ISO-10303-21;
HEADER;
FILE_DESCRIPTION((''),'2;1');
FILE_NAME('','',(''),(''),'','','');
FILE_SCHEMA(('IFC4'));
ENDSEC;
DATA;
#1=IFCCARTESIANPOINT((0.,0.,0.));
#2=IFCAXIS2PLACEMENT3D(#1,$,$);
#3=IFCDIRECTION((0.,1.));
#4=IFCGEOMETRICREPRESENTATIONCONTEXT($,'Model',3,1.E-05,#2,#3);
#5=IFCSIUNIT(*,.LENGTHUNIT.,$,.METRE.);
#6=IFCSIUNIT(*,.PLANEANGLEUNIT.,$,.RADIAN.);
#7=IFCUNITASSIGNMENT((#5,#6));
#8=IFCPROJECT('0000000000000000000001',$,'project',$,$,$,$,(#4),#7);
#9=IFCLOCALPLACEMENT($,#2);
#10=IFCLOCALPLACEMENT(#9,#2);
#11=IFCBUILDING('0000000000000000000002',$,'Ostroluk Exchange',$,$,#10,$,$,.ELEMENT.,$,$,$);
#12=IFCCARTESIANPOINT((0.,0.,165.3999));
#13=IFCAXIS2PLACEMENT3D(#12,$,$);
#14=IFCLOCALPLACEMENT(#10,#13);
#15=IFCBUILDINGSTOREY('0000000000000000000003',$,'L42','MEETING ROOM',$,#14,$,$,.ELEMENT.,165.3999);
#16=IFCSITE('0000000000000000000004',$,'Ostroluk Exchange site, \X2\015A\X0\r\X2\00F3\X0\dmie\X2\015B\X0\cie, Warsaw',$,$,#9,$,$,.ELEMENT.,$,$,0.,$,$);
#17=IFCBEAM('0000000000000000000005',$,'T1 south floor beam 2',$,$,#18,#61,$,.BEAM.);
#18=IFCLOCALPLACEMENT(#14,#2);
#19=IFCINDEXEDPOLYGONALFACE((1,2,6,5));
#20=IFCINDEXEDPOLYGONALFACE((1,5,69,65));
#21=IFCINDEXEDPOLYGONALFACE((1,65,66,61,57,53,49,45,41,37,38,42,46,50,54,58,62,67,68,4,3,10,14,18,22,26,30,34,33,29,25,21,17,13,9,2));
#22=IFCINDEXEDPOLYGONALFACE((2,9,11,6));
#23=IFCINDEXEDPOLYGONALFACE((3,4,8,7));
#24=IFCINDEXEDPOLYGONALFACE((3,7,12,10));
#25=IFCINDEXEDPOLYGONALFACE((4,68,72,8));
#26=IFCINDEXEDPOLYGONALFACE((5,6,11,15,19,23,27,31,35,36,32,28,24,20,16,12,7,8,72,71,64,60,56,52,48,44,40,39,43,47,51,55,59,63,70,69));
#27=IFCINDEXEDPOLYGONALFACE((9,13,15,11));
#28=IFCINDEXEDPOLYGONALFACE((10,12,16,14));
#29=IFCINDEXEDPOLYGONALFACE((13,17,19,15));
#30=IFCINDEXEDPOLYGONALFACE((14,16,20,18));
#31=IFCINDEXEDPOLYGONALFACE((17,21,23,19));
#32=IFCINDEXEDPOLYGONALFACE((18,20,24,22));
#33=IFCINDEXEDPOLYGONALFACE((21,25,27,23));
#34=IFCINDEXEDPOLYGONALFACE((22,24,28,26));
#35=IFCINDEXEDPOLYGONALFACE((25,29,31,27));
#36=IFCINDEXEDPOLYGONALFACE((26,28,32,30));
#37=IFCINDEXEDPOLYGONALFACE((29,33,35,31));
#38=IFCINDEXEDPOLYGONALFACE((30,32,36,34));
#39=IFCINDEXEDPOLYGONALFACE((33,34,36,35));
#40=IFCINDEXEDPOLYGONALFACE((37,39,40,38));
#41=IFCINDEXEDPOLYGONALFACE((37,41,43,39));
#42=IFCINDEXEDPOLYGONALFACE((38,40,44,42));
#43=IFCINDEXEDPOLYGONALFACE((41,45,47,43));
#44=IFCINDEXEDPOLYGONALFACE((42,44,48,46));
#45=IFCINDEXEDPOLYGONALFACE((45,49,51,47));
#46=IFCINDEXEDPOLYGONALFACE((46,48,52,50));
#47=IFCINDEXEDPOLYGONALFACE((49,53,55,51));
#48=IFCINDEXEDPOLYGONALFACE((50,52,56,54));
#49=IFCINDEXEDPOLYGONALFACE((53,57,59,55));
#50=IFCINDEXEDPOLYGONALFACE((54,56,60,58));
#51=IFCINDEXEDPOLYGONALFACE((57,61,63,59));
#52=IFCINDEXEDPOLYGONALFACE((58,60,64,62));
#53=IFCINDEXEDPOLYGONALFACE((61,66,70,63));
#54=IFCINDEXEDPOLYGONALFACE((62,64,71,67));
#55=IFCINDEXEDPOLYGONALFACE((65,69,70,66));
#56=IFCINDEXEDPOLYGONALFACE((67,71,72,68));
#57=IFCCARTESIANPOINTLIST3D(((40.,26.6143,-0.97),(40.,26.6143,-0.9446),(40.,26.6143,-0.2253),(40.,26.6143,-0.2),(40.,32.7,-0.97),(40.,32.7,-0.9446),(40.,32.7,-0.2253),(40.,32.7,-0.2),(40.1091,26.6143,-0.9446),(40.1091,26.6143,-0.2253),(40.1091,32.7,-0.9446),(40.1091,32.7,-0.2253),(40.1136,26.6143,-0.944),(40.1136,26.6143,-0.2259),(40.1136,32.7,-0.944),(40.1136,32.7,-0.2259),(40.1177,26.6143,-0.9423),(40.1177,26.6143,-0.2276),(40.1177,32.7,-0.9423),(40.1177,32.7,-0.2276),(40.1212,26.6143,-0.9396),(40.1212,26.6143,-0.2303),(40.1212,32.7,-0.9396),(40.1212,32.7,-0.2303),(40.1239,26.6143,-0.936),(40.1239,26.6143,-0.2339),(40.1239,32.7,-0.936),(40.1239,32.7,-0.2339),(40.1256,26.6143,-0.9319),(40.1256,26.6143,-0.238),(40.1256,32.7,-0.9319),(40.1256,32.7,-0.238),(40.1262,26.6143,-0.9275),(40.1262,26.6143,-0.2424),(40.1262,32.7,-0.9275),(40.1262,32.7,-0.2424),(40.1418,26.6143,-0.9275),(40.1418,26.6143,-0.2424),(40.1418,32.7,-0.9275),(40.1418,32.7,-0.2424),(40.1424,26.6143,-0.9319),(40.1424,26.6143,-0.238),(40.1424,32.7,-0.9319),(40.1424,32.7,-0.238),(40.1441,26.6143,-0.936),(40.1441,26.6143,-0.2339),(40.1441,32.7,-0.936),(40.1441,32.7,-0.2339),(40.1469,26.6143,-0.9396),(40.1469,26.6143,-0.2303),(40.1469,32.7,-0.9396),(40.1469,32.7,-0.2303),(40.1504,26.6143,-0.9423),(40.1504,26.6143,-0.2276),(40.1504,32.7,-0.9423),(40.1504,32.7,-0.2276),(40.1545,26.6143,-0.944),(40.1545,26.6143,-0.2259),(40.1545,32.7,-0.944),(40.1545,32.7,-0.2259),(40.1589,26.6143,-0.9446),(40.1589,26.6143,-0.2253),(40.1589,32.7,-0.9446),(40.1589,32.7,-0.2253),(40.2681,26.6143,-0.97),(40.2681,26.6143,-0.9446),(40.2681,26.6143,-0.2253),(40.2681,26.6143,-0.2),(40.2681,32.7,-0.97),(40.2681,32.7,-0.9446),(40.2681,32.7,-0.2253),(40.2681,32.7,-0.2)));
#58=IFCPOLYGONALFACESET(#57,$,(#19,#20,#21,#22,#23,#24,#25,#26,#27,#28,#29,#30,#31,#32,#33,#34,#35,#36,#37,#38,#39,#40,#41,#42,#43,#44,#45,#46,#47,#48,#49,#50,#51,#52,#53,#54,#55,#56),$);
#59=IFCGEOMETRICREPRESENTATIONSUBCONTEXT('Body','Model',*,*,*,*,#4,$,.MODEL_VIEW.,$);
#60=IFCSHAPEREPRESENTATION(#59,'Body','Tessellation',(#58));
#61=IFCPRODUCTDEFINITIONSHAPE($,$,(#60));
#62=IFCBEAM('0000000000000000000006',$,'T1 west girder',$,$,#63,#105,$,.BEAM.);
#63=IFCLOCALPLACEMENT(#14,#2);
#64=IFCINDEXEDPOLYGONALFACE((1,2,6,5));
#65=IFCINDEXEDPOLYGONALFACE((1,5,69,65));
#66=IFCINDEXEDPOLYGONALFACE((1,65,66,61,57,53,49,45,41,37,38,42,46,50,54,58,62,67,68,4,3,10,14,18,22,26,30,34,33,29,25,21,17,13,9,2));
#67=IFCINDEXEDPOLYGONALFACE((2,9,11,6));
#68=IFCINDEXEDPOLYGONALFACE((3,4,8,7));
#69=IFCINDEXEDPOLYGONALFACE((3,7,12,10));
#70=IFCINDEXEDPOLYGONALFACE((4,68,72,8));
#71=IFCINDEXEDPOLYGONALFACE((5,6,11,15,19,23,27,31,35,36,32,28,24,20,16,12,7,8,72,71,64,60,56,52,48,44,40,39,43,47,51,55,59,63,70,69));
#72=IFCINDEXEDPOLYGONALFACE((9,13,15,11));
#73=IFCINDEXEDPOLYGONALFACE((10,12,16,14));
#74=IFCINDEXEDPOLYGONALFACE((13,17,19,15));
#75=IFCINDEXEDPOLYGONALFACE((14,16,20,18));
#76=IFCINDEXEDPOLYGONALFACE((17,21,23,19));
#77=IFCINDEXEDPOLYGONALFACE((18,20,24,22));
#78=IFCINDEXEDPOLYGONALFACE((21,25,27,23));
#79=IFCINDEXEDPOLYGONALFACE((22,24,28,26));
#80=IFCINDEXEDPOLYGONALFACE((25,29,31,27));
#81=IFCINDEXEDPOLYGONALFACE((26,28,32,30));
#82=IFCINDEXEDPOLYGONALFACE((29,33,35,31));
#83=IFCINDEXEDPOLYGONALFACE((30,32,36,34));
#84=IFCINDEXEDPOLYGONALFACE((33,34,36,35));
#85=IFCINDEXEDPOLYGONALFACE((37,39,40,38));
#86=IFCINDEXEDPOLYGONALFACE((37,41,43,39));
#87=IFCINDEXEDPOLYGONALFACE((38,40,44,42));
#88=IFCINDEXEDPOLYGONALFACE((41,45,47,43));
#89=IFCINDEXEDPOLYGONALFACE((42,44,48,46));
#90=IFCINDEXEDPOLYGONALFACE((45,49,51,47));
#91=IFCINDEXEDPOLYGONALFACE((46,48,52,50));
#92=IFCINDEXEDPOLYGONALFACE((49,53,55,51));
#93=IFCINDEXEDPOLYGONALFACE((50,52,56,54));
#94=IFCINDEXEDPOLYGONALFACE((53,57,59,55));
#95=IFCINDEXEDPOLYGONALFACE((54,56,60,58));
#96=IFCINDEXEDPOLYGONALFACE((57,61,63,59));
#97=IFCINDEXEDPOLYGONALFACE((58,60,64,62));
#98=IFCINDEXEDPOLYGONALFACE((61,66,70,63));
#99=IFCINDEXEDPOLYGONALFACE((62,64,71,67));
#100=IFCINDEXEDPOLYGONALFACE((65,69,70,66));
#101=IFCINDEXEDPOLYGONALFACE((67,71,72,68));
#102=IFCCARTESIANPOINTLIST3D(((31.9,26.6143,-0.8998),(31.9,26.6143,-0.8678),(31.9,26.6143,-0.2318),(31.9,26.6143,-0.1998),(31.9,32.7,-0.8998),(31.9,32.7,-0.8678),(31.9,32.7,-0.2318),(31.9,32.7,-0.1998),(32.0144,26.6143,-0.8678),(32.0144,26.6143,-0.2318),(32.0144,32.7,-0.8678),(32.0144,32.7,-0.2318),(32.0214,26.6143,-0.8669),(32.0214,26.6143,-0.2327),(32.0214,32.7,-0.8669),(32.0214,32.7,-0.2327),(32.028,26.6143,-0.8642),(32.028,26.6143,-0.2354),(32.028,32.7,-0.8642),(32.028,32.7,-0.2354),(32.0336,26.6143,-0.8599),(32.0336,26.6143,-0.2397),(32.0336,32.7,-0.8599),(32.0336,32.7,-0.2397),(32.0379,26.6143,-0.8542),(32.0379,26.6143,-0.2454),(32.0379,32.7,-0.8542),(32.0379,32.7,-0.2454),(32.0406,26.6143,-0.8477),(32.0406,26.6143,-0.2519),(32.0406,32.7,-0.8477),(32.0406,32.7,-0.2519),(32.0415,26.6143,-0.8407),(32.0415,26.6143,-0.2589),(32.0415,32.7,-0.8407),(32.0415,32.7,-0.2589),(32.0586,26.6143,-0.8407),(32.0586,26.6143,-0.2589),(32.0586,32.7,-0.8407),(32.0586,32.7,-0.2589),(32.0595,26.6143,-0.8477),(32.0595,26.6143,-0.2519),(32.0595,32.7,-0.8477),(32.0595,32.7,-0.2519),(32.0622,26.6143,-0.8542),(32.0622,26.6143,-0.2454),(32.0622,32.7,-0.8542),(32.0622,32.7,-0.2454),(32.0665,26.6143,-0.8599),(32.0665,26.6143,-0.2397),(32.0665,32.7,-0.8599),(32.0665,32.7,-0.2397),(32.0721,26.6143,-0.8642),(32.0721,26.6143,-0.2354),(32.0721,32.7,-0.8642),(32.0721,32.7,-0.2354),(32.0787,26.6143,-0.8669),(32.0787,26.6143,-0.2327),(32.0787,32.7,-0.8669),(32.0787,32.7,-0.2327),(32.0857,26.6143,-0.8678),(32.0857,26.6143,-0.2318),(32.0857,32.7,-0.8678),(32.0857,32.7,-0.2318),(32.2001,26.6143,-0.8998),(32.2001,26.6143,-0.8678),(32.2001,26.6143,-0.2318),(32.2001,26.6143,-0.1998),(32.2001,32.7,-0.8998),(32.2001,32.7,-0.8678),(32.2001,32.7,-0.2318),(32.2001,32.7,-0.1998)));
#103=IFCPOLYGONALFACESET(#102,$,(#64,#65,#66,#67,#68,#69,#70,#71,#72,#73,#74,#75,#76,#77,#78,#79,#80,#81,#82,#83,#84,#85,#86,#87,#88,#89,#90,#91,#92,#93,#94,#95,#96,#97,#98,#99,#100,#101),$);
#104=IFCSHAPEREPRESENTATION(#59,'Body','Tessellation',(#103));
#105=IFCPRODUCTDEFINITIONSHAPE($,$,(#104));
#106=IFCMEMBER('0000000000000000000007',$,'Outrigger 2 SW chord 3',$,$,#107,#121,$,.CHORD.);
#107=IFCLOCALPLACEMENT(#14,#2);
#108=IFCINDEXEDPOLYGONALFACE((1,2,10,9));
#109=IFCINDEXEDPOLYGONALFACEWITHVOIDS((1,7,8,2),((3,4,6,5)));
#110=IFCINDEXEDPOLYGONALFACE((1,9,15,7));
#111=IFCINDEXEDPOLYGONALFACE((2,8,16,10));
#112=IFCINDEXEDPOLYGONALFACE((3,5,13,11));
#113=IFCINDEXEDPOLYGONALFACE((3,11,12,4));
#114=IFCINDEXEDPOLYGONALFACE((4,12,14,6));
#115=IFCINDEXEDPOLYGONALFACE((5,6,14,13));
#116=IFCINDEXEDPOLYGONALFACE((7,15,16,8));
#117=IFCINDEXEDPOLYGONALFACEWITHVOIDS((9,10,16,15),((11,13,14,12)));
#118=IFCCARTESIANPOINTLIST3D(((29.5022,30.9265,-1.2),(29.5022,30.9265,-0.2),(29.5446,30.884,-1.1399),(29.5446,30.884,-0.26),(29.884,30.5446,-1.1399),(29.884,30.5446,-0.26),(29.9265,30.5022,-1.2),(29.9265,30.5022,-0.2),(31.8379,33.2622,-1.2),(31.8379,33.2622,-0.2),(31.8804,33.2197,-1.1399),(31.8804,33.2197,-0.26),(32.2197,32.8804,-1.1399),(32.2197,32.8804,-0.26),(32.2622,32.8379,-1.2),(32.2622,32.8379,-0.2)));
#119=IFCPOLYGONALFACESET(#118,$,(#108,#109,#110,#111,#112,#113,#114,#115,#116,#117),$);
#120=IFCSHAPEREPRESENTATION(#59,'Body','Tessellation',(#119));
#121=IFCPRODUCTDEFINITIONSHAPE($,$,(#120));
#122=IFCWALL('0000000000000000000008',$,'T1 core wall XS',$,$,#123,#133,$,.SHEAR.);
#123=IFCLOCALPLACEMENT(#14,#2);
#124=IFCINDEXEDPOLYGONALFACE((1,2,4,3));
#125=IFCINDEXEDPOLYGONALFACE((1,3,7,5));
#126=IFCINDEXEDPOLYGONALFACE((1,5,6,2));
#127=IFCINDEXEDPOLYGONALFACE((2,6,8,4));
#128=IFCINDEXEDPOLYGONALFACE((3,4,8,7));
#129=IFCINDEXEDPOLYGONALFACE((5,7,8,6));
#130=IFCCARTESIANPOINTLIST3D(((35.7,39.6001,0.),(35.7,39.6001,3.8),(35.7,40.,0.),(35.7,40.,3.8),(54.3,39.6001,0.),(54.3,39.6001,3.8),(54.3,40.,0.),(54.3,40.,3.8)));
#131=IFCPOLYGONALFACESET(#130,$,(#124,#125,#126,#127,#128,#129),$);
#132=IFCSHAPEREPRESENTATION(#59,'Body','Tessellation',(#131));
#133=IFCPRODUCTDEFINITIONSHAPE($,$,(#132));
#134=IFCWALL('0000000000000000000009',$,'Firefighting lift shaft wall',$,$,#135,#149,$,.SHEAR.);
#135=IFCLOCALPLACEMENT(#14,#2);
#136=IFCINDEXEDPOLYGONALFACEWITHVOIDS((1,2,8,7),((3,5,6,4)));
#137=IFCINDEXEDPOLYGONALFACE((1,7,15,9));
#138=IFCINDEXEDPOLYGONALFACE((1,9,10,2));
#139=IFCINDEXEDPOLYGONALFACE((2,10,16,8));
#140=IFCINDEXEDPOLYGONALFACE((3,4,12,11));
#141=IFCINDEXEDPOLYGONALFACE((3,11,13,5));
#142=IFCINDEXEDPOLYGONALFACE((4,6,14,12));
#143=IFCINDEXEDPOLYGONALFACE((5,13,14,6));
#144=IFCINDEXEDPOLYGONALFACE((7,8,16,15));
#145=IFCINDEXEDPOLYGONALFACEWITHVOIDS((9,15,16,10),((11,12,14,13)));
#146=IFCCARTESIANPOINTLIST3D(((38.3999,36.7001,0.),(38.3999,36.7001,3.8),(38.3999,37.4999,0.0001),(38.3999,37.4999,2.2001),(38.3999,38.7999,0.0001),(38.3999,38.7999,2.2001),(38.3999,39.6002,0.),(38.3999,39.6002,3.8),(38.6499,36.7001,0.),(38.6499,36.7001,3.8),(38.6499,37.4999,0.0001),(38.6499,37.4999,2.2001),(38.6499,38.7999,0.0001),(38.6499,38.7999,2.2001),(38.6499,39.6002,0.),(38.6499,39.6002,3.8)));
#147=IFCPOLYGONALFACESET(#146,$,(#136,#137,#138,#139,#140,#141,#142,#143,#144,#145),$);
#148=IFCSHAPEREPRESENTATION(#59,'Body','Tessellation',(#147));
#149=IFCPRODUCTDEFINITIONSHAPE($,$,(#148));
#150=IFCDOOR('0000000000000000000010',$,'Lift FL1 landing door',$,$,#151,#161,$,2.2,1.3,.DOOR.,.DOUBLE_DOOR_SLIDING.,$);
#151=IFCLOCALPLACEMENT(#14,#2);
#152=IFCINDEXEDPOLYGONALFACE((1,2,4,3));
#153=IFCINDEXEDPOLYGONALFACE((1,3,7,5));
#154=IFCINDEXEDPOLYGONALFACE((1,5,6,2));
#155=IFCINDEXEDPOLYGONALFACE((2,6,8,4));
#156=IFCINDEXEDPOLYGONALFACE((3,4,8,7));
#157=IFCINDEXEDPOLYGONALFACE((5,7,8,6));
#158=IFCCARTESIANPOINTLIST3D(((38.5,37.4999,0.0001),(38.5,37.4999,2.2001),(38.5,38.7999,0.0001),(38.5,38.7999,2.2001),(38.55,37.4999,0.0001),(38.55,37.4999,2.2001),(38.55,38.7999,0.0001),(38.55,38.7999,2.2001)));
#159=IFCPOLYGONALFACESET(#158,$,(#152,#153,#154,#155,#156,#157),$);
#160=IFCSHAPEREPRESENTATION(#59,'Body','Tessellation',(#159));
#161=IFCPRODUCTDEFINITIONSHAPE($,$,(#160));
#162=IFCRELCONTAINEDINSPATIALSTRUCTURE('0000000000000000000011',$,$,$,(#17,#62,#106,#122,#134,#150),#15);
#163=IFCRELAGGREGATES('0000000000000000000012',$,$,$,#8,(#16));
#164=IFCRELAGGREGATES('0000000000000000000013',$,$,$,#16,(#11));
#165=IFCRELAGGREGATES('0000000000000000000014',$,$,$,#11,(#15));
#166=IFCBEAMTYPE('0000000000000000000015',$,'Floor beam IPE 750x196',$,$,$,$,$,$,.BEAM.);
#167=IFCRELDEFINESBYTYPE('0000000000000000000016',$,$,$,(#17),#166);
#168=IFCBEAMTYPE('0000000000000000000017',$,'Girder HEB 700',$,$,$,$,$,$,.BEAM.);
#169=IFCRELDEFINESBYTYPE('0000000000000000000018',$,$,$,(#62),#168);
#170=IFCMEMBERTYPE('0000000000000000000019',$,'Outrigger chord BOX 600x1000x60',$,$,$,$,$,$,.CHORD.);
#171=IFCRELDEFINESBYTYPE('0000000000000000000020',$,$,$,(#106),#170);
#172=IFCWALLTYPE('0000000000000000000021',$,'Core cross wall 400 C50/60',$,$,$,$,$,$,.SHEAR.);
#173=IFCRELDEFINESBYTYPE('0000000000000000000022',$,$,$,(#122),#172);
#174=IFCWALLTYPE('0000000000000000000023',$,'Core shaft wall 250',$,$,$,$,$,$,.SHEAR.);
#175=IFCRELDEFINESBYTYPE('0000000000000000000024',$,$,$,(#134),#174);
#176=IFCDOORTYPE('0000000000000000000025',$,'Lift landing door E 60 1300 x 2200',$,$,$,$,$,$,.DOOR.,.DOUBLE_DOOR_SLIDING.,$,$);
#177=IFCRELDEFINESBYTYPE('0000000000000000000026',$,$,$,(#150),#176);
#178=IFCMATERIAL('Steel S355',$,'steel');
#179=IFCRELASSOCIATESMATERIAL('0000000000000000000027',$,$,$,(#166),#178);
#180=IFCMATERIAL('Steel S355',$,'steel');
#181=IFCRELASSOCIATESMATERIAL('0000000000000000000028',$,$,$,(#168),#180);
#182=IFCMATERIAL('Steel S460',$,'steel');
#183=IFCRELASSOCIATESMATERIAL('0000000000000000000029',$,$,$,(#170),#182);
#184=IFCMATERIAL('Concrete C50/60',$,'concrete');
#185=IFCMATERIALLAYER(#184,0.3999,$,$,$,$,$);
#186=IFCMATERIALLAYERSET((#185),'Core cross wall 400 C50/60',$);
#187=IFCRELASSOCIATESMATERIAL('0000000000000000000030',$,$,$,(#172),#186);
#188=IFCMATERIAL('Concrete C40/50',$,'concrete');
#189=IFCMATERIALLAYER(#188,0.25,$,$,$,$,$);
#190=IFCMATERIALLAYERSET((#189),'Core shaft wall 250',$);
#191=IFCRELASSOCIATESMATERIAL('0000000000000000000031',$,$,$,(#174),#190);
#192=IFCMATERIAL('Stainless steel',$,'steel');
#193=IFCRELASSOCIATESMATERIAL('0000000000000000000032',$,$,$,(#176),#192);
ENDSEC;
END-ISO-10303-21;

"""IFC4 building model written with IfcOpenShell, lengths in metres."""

from ifc_helpers import new_model, si_unit, direction, frame, frame_2d, origin, origin_2d, place, context, subcontext, project, spatial, rectangle, hollow_rectangle, i_section, extrude, material, layer, layer_set, material_profile, profile_set, type_object, element, fill, save


model = new_model("IFC4")

# Units and contexts
model_context = context("Model", 3, precision=1e-05, world=origin(), true_north=direction((0.0, 1.0)))
body_context = subcontext(model_context, "Body", "Model", "MODEL_VIEW")
ifc_project = project(units=[si_unit("LENGTHUNIT", "METRE"), si_unit("PLANEANGLEUNIT", "RADIAN")], contexts=[model_context])

# Site, building, storey
site_placement = place(None, origin())
site = spatial("IfcSite", under=ifc_project, at=site_placement, Name="Ostroluk Exchange site, Śródmieście, Warsaw", CompositionType="ELEMENT", RefElevation=0.0)
building_placement = place(site_placement, origin())
building = spatial("IfcBuilding", under=site, at=building_placement, Name="Ostroluk Exchange", CompositionType="ELEMENT")
storey_placement = place(building_placement, frame((0.0, 0.0, 165.3999)))
storey = spatial("IfcBuildingStorey", under=building, at=storey_placement, Name="L42", Description="MEETING ROOM", CompositionType="ELEMENT", Elevation=165.3999)

# Beams
ifc_material_1 = material(Name="Steel S355", Category="steel")
ifc_material_profile_1 = material_profile(ifc_material_1, i_section(OverallWidth=0.2681, OverallDepth=0.77, WebThickness=0.0156, FlangeThickness=0.0254, FilletRadius=0.0171, at=origin_2d()), Name="IPE 750x196")
ifc_profile_set_1 = profile_set([ifc_material_profile_1], Name="Steel S355")
beam_type_1 = type_object("IfcBeamType", Name="Floor beam IPE 750x196", PredefinedType="BEAM", material=ifc_profile_set_1)
for number, where, z_axis, x_axis, name in (
    (1, (40.134, 32.7, -0.585), (0.0, -1.0, 0.0), (1.0, 0.0, 0.0), "T1 south floor beam 2"),
):
    element("IfcBeam", number, at=place(storey_placement, frame(where, z_axis=z_axis, x_axis=x_axis)), inside=storey, type_object=beam_type_1, Name=name, PredefinedType="BEAM", context=body_context, shape_type="SweptSolid", body=[
        extrude(i_section(OverallWidth=0.2681, OverallDepth=0.77, WebThickness=0.0156, FlangeThickness=0.0254, FilletRadius=0.0171, at=origin_2d()), origin(), (0.0, 0.0, 1.0), 6.0857),
    ])
ifc_material_2 = material(Name="Steel S355", Category="steel")
ifc_material_profile_2 = material_profile(ifc_material_2, i_section(OverallWidth=0.3, OverallDepth=0.7, WebThickness=0.0171, FlangeThickness=0.032, FilletRadius=0.0271, at=origin_2d()), Name="HEB 700")
ifc_profile_set_2 = profile_set([ifc_material_profile_2], Name="Steel S355")
beam_type_2 = type_object("IfcBeamType", Name="Girder HEB 700", PredefinedType="BEAM", material=ifc_profile_set_2)
beam_placement = place(storey_placement, frame((32.05, 32.7, -0.5498), z_axis=(0.0, -1.0, 0.0), x_axis=(1.0, 0.0, 0.0)))
element("IfcBeam", 2, at=beam_placement, inside=storey, type_object=beam_type_2, Name="T1 west girder", PredefinedType="BEAM", context=body_context, shape_type="SweptSolid", body=[
    extrude(i_section(OverallWidth=0.3, OverallDepth=0.7, WebThickness=0.0171, FlangeThickness=0.032, FilletRadius=0.0271, at=origin_2d()), origin(), (0.0, 0.0, 1.0), 6.0857),
])

# Member
ifc_material_3 = material(Name="Steel S460", Category="steel")
ifc_material_profile_3 = material_profile(ifc_material_3, hollow_rectangle(XDim=0.6001, YDim=1.0, WallThickness=0.0601, at=origin_2d()), Name="BOX 600x1000x60")
ifc_profile_set_3 = profile_set([ifc_material_profile_3], Name="Steel S460")
member_type = type_object("IfcMemberType", Name="Outrigger chord BOX 600x1000x60", PredefinedType="CHORD", material=ifc_profile_set_3)
member_placement = place(storey_placement, frame((32.05, 33.05, -0.7), z_axis=(-0.707107, -0.707107, 0.0), x_axis=(0.707107, -0.707107, 0.0)))
element("IfcMember", 3, at=member_placement, inside=storey, type_object=member_type, Name="Outrigger 2 SW chord 3", PredefinedType="CHORD", context=body_context, shape_type="SweptSolid", body=[
    extrude(hollow_rectangle(XDim=0.6001, YDim=1.0, WallThickness=0.0601, at=origin_2d()), origin(), (0.0, 0.0, 1.0), 3.3032),
])

# Wall
ifc_material_4 = material(Name="Concrete C50/60", Category="concrete")
ifc_layer_1 = layer(ifc_material_4, 0.3999)
ifc_layer_set_1 = layer_set([ifc_layer_1], Name="Core cross wall 400 C50/60")
wall_type_1 = type_object("IfcWallType", Name="Core cross wall 400 C50/60", PredefinedType="SHEAR", material=ifc_layer_set_1)
wall_1_placement = place(storey_placement, frame((35.7, 39.8, 0.0), z_axis=(0.0, 0.0, 1.0), x_axis=(1.0, 0.0, 0.0)))
element("IfcWall", 4, at=wall_1_placement, inside=storey, type_object=wall_type_1, Name="T1 core wall XS", PredefinedType="SHEAR", context=body_context, shape_type="SweptSolid", body=[
    extrude(rectangle(XDim=18.6001, YDim=0.3999, at=frame_2d((9.3, 0.0))), origin(), (0.0, 0.0, 1.0), 3.8),
])

# Wall, opening, door
ifc_material_5 = material(Name="Concrete C40/50", Category="concrete")
ifc_layer_2 = layer(ifc_material_5, 0.25)
ifc_layer_set_2 = layer_set([ifc_layer_2], Name="Core shaft wall 250")
wall_type_2 = type_object("IfcWallType", Name="Core shaft wall 250", PredefinedType="SHEAR", material=ifc_layer_set_2)
wall_2_placement = place(storey_placement, frame((38.5249, 36.7, 0.0), z_axis=(0.0, 0.0, 1.0), x_axis=(0.0, 1.0, 0.0)))
wall_2 = element("IfcWall", 5, at=wall_2_placement, inside=storey, type_object=wall_type_2, Name="Firefighting lift shaft wall", PredefinedType="SHEAR", context=body_context, shape_type="SweptSolid", body=[
    extrude(rectangle(XDim=2.9001, YDim=0.25, at=frame_2d((1.4502, 0.0))), origin(), (0.0, 0.0, 1.0), 3.8),
])
opening_1_placement = place(wall_2_placement, frame((0.8, 0.0, 0.0)))
opening_1 = element("IfcOpeningElement", 6, at=opening_1_placement, cuts=wall_2, PredefinedType="OPENING", context=body_context, shape_type="SweptSolid", body=[
    extrude(rectangle(XDim=1.3, YDim=2.2, at=frame_2d((0.6499, 1.1001))), frame((0.0, 0.135, 0.0), z_axis=(0.0, -1.0, 0.0), x_axis=(1.0, 0.0, 0.0)), (0.0, 0.0, 1.0), 0.27),
])
ifc_material_6 = material(Name="Stainless steel", Category="steel")
door_type_1 = type_object("IfcDoorType", Name="Lift landing door E 60 1300 x 2200", OperationType="DOUBLE_DOOR_SLIDING", PredefinedType="DOOR", material=ifc_material_6)
door_1_placement = place(opening_1_placement, origin())
door_1 = element("IfcDoor", 7, at=door_1_placement, inside=storey, type_object=door_type_1, Name="Lift FL1 landing door", OperationType="DOUBLE_DOOR_SLIDING", OverallHeight=2.2, OverallWidth=1.3, PredefinedType="DOOR", context=body_context, shape_type="SweptSolid", body=[
    extrude(rectangle(XDim=1.3, YDim=2.2, at=frame_2d((0.6499, 1.1001))), frame((0.0, 0.0249, 0.0), z_axis=(0.0, -1.0, 0.0), x_axis=(1.0, 0.0, 0.0)), (0.0, 0.0, 1.0), 0.05),
])
fill(opening_1, door_1)

save(model, "model.ifc")
